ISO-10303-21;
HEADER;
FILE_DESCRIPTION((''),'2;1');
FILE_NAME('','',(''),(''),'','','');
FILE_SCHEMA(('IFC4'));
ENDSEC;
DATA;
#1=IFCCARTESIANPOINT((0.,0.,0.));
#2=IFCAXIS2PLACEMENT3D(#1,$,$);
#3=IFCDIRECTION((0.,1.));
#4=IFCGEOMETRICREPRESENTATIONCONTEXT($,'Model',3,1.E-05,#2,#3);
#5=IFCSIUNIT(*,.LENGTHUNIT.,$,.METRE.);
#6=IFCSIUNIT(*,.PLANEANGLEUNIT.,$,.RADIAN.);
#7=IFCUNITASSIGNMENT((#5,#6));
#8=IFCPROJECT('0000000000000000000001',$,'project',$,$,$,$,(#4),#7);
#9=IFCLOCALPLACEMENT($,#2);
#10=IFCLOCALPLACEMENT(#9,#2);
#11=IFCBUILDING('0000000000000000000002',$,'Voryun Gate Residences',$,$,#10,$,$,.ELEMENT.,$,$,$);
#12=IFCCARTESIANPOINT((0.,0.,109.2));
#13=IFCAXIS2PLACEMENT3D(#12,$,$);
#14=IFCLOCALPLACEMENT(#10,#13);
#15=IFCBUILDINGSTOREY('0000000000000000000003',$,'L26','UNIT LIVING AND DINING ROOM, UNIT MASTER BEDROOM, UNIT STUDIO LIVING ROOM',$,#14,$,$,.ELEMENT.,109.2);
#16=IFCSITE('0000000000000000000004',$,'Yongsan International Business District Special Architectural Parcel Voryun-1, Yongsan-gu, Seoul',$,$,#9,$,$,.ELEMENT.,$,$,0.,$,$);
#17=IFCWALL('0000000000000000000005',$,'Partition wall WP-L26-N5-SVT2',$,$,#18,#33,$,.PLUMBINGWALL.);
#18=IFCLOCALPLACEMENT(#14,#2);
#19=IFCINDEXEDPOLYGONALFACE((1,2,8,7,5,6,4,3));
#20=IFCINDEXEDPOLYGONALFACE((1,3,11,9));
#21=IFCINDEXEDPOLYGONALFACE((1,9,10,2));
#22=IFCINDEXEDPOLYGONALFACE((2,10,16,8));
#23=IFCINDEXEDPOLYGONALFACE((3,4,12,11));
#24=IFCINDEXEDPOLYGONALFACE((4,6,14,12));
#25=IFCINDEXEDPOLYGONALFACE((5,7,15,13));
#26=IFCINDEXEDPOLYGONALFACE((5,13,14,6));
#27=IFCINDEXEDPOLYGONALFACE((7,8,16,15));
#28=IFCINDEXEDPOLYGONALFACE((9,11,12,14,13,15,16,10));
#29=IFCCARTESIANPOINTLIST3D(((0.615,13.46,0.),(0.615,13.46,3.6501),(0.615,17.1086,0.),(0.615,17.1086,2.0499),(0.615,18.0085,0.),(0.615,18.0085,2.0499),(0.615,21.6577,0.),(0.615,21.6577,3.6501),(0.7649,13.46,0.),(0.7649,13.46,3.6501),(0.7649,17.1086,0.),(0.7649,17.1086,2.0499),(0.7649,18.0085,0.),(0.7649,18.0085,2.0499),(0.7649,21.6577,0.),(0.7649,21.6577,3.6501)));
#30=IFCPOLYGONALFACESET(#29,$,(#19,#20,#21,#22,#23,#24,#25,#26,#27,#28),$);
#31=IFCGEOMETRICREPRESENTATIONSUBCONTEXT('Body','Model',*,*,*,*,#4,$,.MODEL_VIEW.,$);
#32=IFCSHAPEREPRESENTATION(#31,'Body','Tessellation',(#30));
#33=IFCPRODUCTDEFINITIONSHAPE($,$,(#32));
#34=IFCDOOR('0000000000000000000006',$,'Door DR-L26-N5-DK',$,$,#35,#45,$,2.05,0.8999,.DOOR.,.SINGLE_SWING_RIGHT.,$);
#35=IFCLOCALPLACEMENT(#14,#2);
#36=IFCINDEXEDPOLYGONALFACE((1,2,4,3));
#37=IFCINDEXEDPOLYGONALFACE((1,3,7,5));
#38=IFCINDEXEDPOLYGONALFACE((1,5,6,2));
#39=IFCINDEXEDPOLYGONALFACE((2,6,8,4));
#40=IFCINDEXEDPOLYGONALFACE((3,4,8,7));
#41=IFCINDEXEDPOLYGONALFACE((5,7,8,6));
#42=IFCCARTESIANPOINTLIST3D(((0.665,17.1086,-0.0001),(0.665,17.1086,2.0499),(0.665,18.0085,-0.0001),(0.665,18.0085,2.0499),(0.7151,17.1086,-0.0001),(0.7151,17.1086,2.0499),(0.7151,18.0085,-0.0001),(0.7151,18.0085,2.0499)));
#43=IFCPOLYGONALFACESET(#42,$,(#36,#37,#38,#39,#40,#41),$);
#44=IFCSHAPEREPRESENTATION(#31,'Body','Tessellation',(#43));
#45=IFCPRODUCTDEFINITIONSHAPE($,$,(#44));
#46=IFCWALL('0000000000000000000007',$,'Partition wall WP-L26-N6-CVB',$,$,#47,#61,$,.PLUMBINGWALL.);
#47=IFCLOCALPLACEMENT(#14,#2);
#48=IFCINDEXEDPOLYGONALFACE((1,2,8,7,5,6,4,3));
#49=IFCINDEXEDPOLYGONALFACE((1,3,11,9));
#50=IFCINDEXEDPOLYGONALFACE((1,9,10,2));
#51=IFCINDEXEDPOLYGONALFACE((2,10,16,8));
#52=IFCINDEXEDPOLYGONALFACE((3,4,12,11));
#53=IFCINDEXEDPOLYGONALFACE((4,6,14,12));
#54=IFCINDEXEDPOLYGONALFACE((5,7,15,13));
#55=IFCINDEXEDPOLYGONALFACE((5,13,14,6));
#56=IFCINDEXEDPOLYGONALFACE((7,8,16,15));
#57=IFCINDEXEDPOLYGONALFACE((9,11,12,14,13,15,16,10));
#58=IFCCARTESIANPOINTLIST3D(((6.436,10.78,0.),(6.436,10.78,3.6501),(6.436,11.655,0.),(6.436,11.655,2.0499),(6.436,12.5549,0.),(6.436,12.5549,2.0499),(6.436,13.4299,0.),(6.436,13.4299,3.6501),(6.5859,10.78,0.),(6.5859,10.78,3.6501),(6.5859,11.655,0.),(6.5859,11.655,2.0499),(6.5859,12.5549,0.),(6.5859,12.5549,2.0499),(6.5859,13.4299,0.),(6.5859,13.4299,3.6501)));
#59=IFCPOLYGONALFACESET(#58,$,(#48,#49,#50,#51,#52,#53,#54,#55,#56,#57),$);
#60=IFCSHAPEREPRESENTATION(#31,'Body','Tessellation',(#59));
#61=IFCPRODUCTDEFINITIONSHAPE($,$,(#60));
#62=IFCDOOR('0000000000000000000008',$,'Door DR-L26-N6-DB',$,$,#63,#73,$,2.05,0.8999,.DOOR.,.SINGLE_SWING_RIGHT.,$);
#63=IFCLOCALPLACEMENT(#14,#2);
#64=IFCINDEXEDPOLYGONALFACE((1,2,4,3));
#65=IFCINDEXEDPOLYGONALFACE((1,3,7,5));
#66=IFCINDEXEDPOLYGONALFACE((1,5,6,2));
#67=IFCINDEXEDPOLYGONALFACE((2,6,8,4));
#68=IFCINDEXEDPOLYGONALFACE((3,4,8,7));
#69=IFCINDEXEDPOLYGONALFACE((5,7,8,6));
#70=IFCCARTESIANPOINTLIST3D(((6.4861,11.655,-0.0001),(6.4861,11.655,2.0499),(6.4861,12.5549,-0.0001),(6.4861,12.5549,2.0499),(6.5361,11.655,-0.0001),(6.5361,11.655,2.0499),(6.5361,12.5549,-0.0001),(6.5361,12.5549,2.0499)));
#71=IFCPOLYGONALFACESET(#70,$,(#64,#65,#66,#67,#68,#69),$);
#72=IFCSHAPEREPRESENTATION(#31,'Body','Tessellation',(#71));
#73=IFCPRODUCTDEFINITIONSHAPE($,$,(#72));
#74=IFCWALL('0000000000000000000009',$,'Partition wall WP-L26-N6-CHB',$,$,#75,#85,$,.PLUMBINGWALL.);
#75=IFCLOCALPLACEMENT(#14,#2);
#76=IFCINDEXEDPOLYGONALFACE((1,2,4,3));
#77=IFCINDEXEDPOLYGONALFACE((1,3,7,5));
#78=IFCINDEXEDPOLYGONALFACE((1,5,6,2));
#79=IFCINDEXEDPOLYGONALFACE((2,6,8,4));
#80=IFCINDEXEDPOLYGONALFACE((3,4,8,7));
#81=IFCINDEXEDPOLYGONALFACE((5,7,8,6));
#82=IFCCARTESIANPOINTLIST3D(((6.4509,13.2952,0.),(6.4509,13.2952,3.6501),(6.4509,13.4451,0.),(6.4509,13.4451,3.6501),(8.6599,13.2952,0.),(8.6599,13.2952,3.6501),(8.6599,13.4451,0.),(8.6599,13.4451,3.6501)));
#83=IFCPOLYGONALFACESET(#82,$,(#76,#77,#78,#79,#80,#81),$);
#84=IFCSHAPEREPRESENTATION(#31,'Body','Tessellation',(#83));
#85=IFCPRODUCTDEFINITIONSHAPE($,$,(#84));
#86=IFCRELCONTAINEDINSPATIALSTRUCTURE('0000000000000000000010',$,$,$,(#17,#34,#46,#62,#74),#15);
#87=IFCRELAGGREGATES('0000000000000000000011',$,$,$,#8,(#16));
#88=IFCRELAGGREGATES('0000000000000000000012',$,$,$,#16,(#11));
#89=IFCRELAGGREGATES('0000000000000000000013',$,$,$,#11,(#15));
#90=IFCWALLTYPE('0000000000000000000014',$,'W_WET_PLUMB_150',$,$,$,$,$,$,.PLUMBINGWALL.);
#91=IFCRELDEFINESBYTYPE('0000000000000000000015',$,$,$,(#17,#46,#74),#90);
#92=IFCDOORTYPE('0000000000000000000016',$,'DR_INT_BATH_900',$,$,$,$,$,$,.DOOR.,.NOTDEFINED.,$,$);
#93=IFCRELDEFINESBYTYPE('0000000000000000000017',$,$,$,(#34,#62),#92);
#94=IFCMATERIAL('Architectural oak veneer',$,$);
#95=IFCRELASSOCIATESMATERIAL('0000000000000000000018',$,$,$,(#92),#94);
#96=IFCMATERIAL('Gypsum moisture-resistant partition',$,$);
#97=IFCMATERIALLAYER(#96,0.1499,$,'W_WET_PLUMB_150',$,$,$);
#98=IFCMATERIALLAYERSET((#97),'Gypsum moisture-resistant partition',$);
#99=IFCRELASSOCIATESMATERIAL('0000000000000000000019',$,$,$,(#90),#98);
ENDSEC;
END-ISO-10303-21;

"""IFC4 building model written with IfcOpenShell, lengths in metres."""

from ifc_helpers import new_model, si_unit, direction, frame, frame_2d, origin, place, context, subcontext, project, spatial, rectangle, extrude, material, layer, layer_set, type_object, element, fill, save


model = new_model("IFC4")

# Units and contexts
model_context = context("Model", 3, precision=1e-05, world=origin(), true_north=direction((0.0, 1.0)))
body_context = subcontext(model_context, "Body", "Model", "MODEL_VIEW")
ifc_project = project(units=[si_unit("LENGTHUNIT", "METRE"), si_unit("PLANEANGLEUNIT", "RADIAN")], contexts=[model_context])

# Site, building, storey
site_placement = place(None, origin())
site = spatial("IfcSite", under=ifc_project, at=site_placement, Name="Yongsan International Business District Special Architectural Parcel Voryun-1, Yongsan-gu, Seoul", CompositionType="ELEMENT", RefElevation=0.0)
building_placement = place(site_placement, origin())
building = spatial("IfcBuilding", under=site, at=building_placement, Name="Voryun Gate Residences", CompositionType="ELEMENT")
storey_placement = place(building_placement, frame((0.0, 0.0, 109.2)))
storey = spatial("IfcBuildingStorey", under=building, at=storey_placement, Name="L26", Description="UNIT LIVING AND DINING ROOM, UNIT MASTER BEDROOM, UNIT STUDIO LIVING ROOM", CompositionType="ELEMENT", Elevation=109.2)

# Shared definitions
ifc_material_1 = material(Name="Architectural oak veneer")
door_type = type_object("IfcDoorType", Name="DR_INT_BATH_900", OperationType="NOTDEFINED", PredefinedType="DOOR", material=ifc_material_1)

# Shared definitions
ifc_material_2 = material(Name="Gypsum moisture-resistant partition")
ifc_layer_1 = layer(ifc_material_2, 0.1499, Name="W_WET_PLUMB_150")
ifc_layer_set_1 = layer_set([ifc_layer_1], Name="Gypsum moisture-resistant partition")
wall_type_1 = type_object("IfcWallType", Name="W_WET_PLUMB_150", PredefinedType="PLUMBINGWALL", material=ifc_layer_set_1)

# Walls, openings, doors
wall_1_placement = place(storey_placement, frame((0.6899, 13.46, 0.0), z_axis=(0.0, 0.0, 1.0), x_axis=(0.0, 1.0, 0.0)))
wall_1 = element("IfcWall", 1, at=wall_1_placement, inside=storey, type_object=wall_type_1, Name="Partition wall WP-L26-N5-SVT2", PredefinedType="PLUMBINGWALL", context=body_context, shape_type="SweptSolid", body=[
    extrude(rectangle(XDim=8.1978, YDim=0.1499, at=frame_2d((4.0989, 0.0))), origin(), (0.0, 0.0, 1.0), 3.6501),
])
opening_1_placement = place(wall_1_placement, frame((3.6487, 0.0, 0.0)))
opening_1 = element("IfcOpeningElement", 2, at=opening_1_placement, cuts=wall_1, PredefinedType="OPENING", context=body_context, shape_type="SweptSolid", body=[
    extrude(rectangle(XDim=0.8999, YDim=2.05, at=frame_2d((0.45, 1.0249))), frame((0.0, 0.085, 0.0), z_axis=(0.0, -1.0, 0.0), x_axis=(1.0, 0.0, 0.0)), (0.0, 0.0, 1.0), 0.1699),
])
door_1_placement = place(opening_1_placement, origin())
door_1 = element("IfcDoor", 3, at=door_1_placement, inside=storey, type_object=door_type, Name="Door DR-L26-N5-DK", OperationType="SINGLE_SWING_RIGHT", OverallHeight=2.05, OverallWidth=0.8999, PredefinedType="DOOR", context=body_context, shape_type="SweptSolid", body=[
    extrude(rectangle(XDim=0.8999, YDim=2.05, at=frame_2d((0.45, 1.0249))), frame((0.0, 0.0249, 0.0), z_axis=(0.0, -1.0, 0.0), x_axis=(1.0, 0.0, 0.0)), (0.0, 0.0, 1.0), 0.05),
])
fill(opening_1, door_1)
wall_2_placement = place(storey_placement, frame((6.511, 10.78, 0.0), z_axis=(0.0, 0.0, 1.0), x_axis=(0.0, 1.0, 0.0)))
wall_2 = element("IfcWall", 4, at=wall_2_placement, inside=storey, type_object=wall_type_1, Name="Partition wall WP-L26-N6-CVB", PredefinedType="PLUMBINGWALL", context=body_context, shape_type="SweptSolid", body=[
    extrude(rectangle(XDim=2.6499, YDim=0.1499, at=frame_2d((1.325, 0.0))), origin(), (0.0, 0.0, 1.0), 3.6501),
])
opening_2_placement = place(wall_2_placement, frame((0.875, 0.0, 0.0)))
opening_2 = element("IfcOpeningElement", 5, at=opening_2_placement, cuts=wall_2, PredefinedType="OPENING", context=body_context, shape_type="SweptSolid", body=[
    extrude(rectangle(XDim=0.8999, YDim=2.05, at=frame_2d((0.45, 1.0249))), frame((0.0, 0.085, 0.0), z_axis=(0.0, -1.0, 0.0), x_axis=(1.0, 0.0, 0.0)), (0.0, 0.0, 1.0), 0.1699),
])
door_2_placement = place(opening_2_placement, origin())
door_2 = element("IfcDoor", 6, at=door_2_placement, inside=storey, type_object=door_type, Name="Door DR-L26-N6-DB", OperationType="SINGLE_SWING_RIGHT", OverallHeight=2.05, OverallWidth=0.8999, PredefinedType="DOOR", context=body_context, shape_type="SweptSolid", body=[
    extrude(rectangle(XDim=0.8999, YDim=2.05, at=frame_2d((0.45, 1.0249))), frame((0.0, 0.0249, 0.0), z_axis=(0.0, -1.0, 0.0), x_axis=(1.0, 0.0, 0.0)), (0.0, 0.0, 1.0), 0.05),
])
fill(opening_2, door_2)

# Wall
wall_3_placement = place(storey_placement, frame((6.4509, 13.3701, 0.0), z_axis=(0.0, 0.0, 1.0), x_axis=(1.0, 0.0, 0.0)))
element("IfcWall", 7, at=wall_3_placement, inside=storey, type_object=wall_type_1, Name="Partition wall WP-L26-N6-CHB", PredefinedType="PLUMBINGWALL", context=body_context, shape_type="SweptSolid", body=[
    extrude(rectangle(XDim=2.209, YDim=0.1499, at=frame_2d((1.1045, 0.0))), origin(), (0.0, 0.0, 1.0), 3.6501),
])

save(model, "model.ifc")
